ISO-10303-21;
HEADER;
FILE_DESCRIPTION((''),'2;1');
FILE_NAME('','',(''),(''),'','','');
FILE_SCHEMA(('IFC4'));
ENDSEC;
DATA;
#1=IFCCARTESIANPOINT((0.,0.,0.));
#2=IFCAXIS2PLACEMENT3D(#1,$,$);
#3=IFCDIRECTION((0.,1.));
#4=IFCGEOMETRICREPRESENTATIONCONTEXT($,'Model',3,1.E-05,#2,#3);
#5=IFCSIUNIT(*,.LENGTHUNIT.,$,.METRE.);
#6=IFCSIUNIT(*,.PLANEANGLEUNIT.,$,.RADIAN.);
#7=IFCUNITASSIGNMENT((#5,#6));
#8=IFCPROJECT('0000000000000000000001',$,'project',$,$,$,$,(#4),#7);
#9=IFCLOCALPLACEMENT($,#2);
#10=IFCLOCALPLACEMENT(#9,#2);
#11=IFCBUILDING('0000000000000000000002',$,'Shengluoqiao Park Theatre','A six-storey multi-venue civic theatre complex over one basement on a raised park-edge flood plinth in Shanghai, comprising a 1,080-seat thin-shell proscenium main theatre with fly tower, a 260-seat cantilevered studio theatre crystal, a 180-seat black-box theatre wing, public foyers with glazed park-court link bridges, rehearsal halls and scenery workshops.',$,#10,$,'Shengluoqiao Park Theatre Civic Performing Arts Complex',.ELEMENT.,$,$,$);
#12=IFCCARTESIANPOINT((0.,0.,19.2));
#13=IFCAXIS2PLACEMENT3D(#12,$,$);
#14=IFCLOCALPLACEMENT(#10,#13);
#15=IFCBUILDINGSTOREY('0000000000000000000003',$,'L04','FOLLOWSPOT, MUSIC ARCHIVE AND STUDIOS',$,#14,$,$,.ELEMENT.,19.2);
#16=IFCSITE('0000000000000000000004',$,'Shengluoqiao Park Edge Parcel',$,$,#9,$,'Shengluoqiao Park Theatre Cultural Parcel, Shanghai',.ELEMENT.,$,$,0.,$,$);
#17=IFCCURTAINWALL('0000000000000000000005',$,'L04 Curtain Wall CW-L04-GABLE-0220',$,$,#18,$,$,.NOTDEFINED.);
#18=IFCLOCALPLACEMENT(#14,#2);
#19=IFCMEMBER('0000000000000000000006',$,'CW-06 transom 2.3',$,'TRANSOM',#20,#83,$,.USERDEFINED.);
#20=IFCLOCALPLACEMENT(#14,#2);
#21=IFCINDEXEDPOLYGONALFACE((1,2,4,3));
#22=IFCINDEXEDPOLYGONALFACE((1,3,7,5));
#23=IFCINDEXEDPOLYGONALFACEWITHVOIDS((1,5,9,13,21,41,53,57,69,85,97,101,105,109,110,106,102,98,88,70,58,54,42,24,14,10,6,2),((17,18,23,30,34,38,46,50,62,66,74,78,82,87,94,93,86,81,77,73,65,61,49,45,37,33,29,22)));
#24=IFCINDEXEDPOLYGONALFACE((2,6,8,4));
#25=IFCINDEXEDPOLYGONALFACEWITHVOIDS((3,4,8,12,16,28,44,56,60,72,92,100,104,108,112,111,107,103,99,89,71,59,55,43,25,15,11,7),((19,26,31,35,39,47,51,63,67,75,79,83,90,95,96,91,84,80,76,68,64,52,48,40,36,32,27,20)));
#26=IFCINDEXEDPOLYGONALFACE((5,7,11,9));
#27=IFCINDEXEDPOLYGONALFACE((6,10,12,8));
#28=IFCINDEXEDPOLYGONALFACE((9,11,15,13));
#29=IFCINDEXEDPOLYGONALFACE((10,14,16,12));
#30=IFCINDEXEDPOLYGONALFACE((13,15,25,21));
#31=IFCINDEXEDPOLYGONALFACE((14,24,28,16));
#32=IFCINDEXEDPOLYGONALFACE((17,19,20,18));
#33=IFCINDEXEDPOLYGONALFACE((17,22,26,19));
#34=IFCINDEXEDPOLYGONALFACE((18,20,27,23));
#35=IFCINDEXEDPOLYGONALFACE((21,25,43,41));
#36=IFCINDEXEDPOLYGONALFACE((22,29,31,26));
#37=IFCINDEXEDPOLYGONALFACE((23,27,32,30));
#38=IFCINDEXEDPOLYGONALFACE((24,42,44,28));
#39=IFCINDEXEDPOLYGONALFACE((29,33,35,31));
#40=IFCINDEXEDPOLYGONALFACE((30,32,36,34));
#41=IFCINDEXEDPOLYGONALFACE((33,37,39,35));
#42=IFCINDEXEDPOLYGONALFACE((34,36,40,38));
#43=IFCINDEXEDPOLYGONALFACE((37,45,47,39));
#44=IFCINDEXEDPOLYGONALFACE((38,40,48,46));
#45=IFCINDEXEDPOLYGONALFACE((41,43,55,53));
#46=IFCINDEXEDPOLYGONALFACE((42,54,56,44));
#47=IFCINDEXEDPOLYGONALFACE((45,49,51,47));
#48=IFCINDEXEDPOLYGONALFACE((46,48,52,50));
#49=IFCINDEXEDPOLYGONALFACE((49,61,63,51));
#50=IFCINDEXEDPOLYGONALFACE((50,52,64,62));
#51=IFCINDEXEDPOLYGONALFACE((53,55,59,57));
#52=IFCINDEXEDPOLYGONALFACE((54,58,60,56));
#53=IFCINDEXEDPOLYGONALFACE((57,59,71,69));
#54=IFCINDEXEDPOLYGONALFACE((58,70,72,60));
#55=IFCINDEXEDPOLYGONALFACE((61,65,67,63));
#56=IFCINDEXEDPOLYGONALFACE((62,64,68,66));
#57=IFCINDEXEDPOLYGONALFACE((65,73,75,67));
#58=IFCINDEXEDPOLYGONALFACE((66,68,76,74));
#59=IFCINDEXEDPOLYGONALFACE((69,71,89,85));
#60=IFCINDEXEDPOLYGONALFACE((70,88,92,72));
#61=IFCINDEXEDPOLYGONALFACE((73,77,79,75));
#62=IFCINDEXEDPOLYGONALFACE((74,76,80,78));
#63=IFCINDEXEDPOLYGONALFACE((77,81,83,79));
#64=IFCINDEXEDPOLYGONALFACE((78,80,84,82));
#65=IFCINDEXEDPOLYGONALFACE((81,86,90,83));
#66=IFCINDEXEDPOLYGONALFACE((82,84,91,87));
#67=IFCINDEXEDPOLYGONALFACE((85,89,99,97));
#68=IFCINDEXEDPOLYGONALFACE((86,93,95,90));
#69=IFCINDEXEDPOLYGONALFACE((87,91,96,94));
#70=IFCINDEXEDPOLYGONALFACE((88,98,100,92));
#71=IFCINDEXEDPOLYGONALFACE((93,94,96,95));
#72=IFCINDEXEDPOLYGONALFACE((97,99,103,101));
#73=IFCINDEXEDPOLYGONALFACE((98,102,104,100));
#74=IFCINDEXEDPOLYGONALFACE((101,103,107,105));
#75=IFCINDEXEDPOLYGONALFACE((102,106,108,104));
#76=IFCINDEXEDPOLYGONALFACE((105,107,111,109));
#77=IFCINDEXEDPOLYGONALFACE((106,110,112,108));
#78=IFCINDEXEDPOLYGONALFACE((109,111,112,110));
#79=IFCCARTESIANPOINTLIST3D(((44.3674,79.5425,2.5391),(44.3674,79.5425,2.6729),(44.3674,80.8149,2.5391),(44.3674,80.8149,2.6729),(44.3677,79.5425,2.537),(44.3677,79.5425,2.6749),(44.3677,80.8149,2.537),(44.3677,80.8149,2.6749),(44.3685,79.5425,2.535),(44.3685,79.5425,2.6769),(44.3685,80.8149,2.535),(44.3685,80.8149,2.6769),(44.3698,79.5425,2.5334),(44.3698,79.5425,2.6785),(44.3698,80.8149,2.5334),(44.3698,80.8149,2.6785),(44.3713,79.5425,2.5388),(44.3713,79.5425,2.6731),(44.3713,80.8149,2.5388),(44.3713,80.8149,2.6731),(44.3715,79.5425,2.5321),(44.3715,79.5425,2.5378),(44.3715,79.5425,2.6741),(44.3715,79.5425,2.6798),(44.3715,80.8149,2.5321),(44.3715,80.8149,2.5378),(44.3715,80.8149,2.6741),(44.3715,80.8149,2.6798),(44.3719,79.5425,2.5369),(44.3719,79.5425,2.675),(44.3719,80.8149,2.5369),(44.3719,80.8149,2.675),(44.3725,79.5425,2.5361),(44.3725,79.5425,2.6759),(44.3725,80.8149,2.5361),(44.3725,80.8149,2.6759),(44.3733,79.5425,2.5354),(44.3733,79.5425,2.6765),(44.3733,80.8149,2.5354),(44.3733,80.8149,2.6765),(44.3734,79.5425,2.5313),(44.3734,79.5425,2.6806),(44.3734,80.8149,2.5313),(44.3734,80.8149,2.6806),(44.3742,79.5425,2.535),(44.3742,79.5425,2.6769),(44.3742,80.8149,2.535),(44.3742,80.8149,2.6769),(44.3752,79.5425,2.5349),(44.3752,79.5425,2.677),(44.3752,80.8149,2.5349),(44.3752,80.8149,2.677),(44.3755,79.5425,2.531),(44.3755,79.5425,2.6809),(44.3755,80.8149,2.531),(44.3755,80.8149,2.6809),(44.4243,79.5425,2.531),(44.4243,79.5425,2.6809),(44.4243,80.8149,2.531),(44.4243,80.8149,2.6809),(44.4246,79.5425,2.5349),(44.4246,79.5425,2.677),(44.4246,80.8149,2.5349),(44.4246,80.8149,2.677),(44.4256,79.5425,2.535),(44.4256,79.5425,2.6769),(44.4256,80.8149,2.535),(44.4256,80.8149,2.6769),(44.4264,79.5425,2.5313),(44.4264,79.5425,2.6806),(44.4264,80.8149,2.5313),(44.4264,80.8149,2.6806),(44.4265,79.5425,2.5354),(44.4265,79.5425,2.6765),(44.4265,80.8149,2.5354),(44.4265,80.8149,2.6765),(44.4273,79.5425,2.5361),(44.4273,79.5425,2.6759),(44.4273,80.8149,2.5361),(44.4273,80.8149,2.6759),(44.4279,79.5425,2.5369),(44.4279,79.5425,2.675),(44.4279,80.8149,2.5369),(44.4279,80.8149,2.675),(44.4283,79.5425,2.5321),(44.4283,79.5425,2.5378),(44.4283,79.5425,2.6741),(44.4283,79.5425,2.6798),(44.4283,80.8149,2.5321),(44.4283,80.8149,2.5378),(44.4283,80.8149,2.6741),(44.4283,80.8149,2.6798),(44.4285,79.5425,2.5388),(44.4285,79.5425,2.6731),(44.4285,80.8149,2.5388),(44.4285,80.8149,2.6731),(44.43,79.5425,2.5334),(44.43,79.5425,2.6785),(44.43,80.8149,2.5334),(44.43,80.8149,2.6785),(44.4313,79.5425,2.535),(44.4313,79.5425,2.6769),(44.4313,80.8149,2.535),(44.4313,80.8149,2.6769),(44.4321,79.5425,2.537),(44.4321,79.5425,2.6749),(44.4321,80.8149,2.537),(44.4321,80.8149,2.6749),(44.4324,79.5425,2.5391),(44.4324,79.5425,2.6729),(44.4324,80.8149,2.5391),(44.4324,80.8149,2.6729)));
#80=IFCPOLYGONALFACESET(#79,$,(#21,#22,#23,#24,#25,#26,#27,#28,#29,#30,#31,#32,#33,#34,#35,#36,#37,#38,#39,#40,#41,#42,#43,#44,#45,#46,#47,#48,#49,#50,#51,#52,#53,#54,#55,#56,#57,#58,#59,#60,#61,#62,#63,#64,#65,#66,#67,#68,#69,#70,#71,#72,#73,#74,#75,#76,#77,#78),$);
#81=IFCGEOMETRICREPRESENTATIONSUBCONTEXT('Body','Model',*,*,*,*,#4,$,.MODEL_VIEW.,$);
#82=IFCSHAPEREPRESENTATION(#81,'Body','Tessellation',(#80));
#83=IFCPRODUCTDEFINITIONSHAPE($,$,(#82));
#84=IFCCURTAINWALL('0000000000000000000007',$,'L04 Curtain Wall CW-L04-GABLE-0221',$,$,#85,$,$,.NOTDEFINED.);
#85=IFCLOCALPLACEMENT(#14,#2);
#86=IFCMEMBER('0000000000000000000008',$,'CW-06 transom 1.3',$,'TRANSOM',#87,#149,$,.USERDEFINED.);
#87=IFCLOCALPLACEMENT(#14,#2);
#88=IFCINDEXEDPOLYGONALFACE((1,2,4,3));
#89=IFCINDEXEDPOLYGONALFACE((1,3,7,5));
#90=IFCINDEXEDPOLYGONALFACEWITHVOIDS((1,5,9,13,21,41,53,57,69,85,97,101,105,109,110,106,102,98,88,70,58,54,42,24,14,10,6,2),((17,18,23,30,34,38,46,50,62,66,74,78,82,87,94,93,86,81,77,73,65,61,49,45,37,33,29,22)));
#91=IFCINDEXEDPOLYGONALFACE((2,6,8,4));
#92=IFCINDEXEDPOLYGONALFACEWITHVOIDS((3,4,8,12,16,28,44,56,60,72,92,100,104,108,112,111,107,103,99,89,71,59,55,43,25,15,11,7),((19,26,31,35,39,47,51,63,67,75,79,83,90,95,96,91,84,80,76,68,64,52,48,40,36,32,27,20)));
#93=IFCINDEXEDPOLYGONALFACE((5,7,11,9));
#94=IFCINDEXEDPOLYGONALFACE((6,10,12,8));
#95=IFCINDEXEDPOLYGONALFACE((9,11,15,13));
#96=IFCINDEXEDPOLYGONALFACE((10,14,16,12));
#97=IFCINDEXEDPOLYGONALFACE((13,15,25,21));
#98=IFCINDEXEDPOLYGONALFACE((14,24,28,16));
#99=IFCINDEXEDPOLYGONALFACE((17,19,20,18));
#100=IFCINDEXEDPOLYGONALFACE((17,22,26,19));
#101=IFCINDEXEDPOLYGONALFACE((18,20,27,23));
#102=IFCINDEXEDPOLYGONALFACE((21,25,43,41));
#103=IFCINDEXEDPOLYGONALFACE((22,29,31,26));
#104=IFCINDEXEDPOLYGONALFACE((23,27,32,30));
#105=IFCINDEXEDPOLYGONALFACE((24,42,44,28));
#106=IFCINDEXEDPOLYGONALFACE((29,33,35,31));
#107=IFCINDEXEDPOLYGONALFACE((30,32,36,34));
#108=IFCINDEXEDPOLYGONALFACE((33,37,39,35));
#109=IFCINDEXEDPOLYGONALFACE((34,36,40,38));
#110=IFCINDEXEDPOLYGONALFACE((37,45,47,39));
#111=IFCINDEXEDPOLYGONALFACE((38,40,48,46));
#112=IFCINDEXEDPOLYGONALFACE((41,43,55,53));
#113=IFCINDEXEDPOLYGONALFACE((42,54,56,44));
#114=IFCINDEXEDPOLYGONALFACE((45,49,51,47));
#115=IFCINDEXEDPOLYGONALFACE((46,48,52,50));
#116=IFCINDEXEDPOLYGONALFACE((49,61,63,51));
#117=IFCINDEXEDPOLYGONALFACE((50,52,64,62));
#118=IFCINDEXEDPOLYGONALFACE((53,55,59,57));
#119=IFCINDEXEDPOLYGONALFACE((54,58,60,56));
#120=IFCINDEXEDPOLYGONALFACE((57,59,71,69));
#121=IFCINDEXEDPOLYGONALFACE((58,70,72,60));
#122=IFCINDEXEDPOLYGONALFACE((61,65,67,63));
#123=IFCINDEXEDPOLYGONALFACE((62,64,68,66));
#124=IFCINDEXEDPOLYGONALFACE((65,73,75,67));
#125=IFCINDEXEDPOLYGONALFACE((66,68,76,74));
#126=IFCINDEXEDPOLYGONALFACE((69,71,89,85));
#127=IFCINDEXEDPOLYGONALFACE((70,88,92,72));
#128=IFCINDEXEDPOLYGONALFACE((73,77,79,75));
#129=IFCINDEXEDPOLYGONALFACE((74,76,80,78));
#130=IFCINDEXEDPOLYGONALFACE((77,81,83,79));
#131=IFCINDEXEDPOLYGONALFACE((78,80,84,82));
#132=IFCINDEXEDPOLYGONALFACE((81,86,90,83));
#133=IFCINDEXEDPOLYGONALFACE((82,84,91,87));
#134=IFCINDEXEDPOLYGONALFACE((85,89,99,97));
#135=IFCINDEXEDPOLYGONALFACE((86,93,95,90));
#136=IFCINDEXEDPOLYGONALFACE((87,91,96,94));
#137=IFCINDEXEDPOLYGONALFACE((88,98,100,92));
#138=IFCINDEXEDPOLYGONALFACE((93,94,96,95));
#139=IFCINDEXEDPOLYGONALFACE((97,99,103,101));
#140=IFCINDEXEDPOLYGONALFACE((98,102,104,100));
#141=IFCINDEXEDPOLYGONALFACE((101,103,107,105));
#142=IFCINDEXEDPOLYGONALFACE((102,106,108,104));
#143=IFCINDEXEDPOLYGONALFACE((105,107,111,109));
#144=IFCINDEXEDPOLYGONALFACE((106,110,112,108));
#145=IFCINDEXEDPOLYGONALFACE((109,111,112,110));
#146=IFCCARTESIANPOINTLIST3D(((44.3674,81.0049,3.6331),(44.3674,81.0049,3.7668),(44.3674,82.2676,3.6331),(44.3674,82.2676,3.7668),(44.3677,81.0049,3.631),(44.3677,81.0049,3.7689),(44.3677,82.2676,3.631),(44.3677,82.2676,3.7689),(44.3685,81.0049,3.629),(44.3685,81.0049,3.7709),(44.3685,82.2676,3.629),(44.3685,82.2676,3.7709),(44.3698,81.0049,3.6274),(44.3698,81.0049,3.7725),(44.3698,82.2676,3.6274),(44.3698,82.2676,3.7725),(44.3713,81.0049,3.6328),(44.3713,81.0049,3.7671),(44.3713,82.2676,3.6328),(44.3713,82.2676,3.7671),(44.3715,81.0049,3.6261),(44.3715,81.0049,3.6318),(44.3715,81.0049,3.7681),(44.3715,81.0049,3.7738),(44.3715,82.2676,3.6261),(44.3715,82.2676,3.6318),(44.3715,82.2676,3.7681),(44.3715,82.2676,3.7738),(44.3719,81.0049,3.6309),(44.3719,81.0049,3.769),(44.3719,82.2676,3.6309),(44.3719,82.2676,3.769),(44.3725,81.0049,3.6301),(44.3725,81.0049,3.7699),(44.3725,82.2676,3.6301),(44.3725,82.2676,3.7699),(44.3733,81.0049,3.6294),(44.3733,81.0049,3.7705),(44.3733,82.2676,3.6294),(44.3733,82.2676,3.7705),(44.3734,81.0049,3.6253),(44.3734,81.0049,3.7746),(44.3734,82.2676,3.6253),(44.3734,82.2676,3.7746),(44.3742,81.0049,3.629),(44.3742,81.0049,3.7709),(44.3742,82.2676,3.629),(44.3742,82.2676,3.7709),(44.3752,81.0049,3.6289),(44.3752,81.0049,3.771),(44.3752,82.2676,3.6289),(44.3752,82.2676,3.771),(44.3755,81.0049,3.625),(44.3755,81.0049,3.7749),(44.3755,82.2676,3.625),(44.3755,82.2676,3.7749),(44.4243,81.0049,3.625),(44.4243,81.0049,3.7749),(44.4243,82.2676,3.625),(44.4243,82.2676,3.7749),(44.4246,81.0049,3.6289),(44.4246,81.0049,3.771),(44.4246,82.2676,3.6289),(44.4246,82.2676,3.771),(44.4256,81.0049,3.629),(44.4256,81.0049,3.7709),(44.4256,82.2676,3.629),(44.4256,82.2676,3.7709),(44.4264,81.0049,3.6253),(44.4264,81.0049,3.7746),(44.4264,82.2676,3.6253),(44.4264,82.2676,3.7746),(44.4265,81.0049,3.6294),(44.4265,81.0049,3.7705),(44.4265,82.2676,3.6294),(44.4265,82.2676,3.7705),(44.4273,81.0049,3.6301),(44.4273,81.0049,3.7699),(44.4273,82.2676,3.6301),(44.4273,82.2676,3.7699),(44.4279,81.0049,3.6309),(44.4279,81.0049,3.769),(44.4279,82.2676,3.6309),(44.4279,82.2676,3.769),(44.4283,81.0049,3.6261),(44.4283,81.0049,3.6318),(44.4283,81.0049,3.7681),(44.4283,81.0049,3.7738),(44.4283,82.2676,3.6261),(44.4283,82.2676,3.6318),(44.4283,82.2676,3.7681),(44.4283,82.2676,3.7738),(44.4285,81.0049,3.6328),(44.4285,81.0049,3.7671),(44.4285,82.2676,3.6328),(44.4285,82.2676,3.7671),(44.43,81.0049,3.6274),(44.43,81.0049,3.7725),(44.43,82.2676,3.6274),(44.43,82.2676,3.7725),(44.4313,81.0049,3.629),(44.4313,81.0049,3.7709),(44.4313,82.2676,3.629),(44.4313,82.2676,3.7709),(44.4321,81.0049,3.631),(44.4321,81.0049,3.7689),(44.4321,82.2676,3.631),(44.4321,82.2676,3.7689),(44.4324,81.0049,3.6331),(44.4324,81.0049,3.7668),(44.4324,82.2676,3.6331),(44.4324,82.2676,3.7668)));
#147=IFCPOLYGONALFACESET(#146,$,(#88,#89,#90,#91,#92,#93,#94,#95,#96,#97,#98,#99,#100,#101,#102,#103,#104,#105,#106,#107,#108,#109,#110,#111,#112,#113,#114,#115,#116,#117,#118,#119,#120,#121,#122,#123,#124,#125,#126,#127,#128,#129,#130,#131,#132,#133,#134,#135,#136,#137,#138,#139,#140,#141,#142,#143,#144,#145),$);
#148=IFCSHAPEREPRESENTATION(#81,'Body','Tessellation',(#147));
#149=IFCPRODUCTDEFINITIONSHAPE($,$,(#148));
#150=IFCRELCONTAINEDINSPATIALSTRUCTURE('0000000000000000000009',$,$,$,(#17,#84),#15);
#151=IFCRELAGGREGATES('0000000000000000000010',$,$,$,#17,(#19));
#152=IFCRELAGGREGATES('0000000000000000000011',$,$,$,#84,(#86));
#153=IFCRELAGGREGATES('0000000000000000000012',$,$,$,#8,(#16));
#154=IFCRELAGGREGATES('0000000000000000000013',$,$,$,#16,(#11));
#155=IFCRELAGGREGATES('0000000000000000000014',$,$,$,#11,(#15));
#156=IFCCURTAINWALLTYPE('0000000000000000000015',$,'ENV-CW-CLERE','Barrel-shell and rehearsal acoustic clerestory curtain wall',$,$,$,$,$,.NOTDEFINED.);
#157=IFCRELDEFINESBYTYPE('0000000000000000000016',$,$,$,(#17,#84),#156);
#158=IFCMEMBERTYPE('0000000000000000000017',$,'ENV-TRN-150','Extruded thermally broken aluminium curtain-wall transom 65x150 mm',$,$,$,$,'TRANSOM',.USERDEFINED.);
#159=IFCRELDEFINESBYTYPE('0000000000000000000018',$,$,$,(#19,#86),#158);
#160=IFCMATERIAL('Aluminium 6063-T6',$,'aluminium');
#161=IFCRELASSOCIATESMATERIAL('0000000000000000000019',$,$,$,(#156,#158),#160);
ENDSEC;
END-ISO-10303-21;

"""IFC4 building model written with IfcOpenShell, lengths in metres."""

from ifc_helpers import new_model, si_unit, direction, frame, origin, origin_2d, place, context, subcontext, project, spatial, hollow_rectangle, extrude, material, material_profile, profile_set, type_object, element, aggregate, save


model = new_model("IFC4")

# Units and contexts
model_context = context("Model", 3, precision=1e-05, world=origin(), true_north=direction((0.0, 1.0)))
body_context = subcontext(model_context, "Body", "Model", "MODEL_VIEW")
ifc_project = project(units=[si_unit("LENGTHUNIT", "METRE"), si_unit("PLANEANGLEUNIT", "RADIAN")], contexts=[model_context])

# Site, building, storey
site_placement = place(None, origin())
site = spatial("IfcSite", under=ifc_project, at=site_placement, Name="Shengluoqiao Park Edge Parcel", LongName="Shengluoqiao Park Theatre Cultural Parcel, Shanghai", CompositionType="ELEMENT", RefElevation=0.0)
building_placement = place(site_placement, origin())
building = spatial("IfcBuilding", under=site, at=building_placement, Name="Shengluoqiao Park Theatre", Description="A six-storey multi-venue civic theatre complex over one basement on a raised park-edge flood plinth in Shanghai, comprising a 1,080-seat thin-shell proscenium main theatre with fly tower, a 260-seat cantilevered studio theatre crystal, a 180-seat black-box theatre wing, public foyers with glazed park-court link bridges, rehearsal halls and scenery workshops.", LongName="Shengluoqiao Park Theatre Civic Performing Arts Complex", CompositionType="ELEMENT")
storey_placement = place(building_placement, frame((0.0, 0.0, 19.2)))
storey = spatial("IfcBuildingStorey", under=building, at=storey_placement, Name="L04", Description="FOLLOWSPOT, MUSIC ARCHIVE AND STUDIOS", CompositionType="ELEMENT", Elevation=19.2)

# Curtain wall, member
ifc_material_1 = material(Name="Aluminium 6063-T6", Category="aluminium")
curtain_wall_type = type_object("IfcCurtainWallType", Name="ENV-CW-CLERE", Description="Barrel-shell and rehearsal acoustic clerestory curtain wall", PredefinedType="NOTDEFINED", material=ifc_material_1)
curtain_wall_1_placement = place(storey_placement, origin())
curtain_wall_1 = element("IfcCurtainWall", 1, at=curtain_wall_1_placement, inside=storey, type_object=curtain_wall_type, Name="L04 Curtain Wall CW-L04-GABLE-0220", PredefinedType="NOTDEFINED")
ifc_material_profile = material_profile(ifc_material_1, hollow_rectangle(XDim=0.0649, YDim=0.1499, WallThickness=0.0039, InnerFilletRadius=0.0039, OuterFilletRadius=0.0081, at=origin_2d()), Name="ALU TRANSOM 150x65x4")
ifc_profile_set = profile_set([ifc_material_profile], Name="Aluminium 6063-T6")
member_type = type_object("IfcMemberType", Name="ENV-TRN-150", Description="Extruded thermally broken aluminium curtain-wall transom 65x150 mm", ElementType="TRANSOM", PredefinedType="USERDEFINED", material=ifc_profile_set)
member_1_placement = place(storey_placement, frame((44.3999, 79.5425, 2.606), z_axis=(0.0, 1.0, 0.0), x_axis=(-1.0, 0.0, 0.0)))
member_1 = element("IfcMember", 2, at=member_1_placement, type_object=member_type, Name="CW-06 transom 2.3", ObjectType="TRANSOM", PredefinedType="USERDEFINED", context=body_context, shape_type="SweptSolid", body=[
    extrude(hollow_rectangle(XDim=0.0649, YDim=0.1499, WallThickness=0.0039, InnerFilletRadius=0.0039, OuterFilletRadius=0.0081, at=origin_2d()), origin(), (0.0, 0.0, 1.0), 1.2725),
])
aggregate(curtain_wall_1, [member_1])

# Curtain wall, member
curtain_wall_2_placement = place(storey_placement, origin())
curtain_wall_2 = element("IfcCurtainWall", 3, at=curtain_wall_2_placement, inside=storey, type_object=curtain_wall_type, Name="L04 Curtain Wall CW-L04-GABLE-0221", PredefinedType="NOTDEFINED")
member_2_placement = place(storey_placement, frame((44.3999, 81.0049, 3.7), z_axis=(0.0, 1.0, 0.0), x_axis=(-1.0, 0.0, 0.0)))
member_2 = element("IfcMember", 4, at=member_2_placement, type_object=member_type, Name="CW-06 transom 1.3", ObjectType="TRANSOM", PredefinedType="USERDEFINED", context=body_context, shape_type="SweptSolid", body=[
    extrude(hollow_rectangle(XDim=0.0649, YDim=0.1499, WallThickness=0.0039, InnerFilletRadius=0.0039, OuterFilletRadius=0.0081, at=origin_2d()), origin(), (0.0, 0.0, 1.0), 1.2627),
])

aggregate(curtain_wall_2, [member_2])

save(model, "model.ifc")
